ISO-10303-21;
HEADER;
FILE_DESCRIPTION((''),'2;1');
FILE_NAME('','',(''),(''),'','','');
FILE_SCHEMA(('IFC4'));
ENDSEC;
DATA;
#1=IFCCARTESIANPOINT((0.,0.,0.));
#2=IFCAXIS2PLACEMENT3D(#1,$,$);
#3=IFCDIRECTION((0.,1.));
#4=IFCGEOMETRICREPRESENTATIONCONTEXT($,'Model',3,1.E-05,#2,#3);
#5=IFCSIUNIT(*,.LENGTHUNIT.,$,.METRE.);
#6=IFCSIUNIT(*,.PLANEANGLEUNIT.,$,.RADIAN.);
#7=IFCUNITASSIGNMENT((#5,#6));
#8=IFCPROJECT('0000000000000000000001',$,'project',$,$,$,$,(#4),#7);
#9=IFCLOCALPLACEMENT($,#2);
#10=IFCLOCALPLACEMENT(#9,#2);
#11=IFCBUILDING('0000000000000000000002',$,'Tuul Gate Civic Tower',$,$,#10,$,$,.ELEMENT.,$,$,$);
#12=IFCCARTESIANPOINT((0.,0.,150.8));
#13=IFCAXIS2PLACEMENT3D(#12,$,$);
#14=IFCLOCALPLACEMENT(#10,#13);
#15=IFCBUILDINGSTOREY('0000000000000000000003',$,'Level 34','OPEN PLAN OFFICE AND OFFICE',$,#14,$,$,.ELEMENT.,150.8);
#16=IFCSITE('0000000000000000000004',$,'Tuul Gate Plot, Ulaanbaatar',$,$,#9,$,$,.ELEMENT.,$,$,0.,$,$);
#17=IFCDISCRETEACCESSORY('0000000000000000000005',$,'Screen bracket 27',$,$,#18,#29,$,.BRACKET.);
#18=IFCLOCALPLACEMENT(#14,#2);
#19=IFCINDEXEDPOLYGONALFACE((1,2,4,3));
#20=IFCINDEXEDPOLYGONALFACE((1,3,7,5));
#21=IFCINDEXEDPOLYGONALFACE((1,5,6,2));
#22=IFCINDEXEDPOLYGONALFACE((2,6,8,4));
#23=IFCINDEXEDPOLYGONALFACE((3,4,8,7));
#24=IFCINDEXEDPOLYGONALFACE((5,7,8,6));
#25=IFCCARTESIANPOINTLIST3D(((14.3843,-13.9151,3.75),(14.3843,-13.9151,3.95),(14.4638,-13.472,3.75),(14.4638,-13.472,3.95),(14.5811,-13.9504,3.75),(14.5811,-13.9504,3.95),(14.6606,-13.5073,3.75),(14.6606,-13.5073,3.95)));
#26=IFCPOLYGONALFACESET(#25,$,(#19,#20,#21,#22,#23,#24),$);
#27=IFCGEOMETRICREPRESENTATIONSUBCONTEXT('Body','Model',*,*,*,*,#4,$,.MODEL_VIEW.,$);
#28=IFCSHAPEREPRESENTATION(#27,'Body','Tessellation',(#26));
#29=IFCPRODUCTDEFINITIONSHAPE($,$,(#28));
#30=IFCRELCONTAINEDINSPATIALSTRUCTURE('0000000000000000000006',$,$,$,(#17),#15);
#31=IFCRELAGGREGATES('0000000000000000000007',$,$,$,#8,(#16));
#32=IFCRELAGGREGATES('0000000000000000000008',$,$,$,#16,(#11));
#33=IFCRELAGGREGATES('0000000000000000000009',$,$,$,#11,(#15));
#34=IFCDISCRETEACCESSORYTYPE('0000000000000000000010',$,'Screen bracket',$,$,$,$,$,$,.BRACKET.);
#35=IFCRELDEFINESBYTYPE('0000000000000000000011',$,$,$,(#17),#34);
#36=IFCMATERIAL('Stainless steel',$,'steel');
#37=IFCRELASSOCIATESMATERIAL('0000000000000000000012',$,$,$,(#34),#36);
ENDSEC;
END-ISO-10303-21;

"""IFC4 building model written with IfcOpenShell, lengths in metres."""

from ifc_helpers import new_model, si_unit, direction, frame, origin, origin_2d, place, context, subcontext, project, spatial, rectangle, extrude, material, type_object, element, save


model = new_model("IFC4")

# Units and contexts
model_context = context("Model", 3, precision=1e-05, world=origin(), true_north=direction((0.0, 1.0)))
body_context = subcontext(model_context, "Body", "Model", "MODEL_VIEW")
ifc_project = project(units=[si_unit("LENGTHUNIT", "METRE"), si_unit("PLANEANGLEUNIT", "RADIAN")], contexts=[model_context])

# Site, building, storey
site_placement = place(None, origin())
site = spatial("IfcSite", under=ifc_project, at=site_placement, Name="Tuul Gate Plot, Ulaanbaatar", CompositionType="ELEMENT", RefElevation=0.0)
building_placement = place(site_placement, origin())
building = spatial("IfcBuilding", under=site, at=building_placement, Name="Tuul Gate Civic Tower", CompositionType="ELEMENT")
storey_placement = place(building_placement, frame((0.0, 0.0, 150.8)))
storey = spatial("IfcBuildingStorey", under=building, at=storey_placement, Name="Level 34", Description="OPEN PLAN OFFICE AND OFFICE", CompositionType="ELEMENT", Elevation=150.8)

# Discrete accessory
ifc_material_1 = material(Name="Stainless steel", Category="steel")
discrete_accessory_type = type_object("IfcDiscreteAccessoryType", Name="Screen bracket", PredefinedType="BRACKET", material=ifc_material_1)
discrete_accessory_placement = place(storey_placement, frame((14.5225, -13.7112, 3.75), z_axis=(0.0, 0.0, 1.0), x_axis=(-0.176731, -0.984259, 0.0)))
element("IfcDiscreteAccessory", 1, at=discrete_accessory_placement, inside=storey, type_object=discrete_accessory_type, Name="Screen bracket 27", PredefinedType="BRACKET", context=body_context, shape_type="SweptSolid", body=[
    extrude(rectangle(XDim=0.4502, YDim=0.2, at=origin_2d()), origin(), (0.0, 0.0, 1.0), 0.2),
])

save(model, "model.ifc")
